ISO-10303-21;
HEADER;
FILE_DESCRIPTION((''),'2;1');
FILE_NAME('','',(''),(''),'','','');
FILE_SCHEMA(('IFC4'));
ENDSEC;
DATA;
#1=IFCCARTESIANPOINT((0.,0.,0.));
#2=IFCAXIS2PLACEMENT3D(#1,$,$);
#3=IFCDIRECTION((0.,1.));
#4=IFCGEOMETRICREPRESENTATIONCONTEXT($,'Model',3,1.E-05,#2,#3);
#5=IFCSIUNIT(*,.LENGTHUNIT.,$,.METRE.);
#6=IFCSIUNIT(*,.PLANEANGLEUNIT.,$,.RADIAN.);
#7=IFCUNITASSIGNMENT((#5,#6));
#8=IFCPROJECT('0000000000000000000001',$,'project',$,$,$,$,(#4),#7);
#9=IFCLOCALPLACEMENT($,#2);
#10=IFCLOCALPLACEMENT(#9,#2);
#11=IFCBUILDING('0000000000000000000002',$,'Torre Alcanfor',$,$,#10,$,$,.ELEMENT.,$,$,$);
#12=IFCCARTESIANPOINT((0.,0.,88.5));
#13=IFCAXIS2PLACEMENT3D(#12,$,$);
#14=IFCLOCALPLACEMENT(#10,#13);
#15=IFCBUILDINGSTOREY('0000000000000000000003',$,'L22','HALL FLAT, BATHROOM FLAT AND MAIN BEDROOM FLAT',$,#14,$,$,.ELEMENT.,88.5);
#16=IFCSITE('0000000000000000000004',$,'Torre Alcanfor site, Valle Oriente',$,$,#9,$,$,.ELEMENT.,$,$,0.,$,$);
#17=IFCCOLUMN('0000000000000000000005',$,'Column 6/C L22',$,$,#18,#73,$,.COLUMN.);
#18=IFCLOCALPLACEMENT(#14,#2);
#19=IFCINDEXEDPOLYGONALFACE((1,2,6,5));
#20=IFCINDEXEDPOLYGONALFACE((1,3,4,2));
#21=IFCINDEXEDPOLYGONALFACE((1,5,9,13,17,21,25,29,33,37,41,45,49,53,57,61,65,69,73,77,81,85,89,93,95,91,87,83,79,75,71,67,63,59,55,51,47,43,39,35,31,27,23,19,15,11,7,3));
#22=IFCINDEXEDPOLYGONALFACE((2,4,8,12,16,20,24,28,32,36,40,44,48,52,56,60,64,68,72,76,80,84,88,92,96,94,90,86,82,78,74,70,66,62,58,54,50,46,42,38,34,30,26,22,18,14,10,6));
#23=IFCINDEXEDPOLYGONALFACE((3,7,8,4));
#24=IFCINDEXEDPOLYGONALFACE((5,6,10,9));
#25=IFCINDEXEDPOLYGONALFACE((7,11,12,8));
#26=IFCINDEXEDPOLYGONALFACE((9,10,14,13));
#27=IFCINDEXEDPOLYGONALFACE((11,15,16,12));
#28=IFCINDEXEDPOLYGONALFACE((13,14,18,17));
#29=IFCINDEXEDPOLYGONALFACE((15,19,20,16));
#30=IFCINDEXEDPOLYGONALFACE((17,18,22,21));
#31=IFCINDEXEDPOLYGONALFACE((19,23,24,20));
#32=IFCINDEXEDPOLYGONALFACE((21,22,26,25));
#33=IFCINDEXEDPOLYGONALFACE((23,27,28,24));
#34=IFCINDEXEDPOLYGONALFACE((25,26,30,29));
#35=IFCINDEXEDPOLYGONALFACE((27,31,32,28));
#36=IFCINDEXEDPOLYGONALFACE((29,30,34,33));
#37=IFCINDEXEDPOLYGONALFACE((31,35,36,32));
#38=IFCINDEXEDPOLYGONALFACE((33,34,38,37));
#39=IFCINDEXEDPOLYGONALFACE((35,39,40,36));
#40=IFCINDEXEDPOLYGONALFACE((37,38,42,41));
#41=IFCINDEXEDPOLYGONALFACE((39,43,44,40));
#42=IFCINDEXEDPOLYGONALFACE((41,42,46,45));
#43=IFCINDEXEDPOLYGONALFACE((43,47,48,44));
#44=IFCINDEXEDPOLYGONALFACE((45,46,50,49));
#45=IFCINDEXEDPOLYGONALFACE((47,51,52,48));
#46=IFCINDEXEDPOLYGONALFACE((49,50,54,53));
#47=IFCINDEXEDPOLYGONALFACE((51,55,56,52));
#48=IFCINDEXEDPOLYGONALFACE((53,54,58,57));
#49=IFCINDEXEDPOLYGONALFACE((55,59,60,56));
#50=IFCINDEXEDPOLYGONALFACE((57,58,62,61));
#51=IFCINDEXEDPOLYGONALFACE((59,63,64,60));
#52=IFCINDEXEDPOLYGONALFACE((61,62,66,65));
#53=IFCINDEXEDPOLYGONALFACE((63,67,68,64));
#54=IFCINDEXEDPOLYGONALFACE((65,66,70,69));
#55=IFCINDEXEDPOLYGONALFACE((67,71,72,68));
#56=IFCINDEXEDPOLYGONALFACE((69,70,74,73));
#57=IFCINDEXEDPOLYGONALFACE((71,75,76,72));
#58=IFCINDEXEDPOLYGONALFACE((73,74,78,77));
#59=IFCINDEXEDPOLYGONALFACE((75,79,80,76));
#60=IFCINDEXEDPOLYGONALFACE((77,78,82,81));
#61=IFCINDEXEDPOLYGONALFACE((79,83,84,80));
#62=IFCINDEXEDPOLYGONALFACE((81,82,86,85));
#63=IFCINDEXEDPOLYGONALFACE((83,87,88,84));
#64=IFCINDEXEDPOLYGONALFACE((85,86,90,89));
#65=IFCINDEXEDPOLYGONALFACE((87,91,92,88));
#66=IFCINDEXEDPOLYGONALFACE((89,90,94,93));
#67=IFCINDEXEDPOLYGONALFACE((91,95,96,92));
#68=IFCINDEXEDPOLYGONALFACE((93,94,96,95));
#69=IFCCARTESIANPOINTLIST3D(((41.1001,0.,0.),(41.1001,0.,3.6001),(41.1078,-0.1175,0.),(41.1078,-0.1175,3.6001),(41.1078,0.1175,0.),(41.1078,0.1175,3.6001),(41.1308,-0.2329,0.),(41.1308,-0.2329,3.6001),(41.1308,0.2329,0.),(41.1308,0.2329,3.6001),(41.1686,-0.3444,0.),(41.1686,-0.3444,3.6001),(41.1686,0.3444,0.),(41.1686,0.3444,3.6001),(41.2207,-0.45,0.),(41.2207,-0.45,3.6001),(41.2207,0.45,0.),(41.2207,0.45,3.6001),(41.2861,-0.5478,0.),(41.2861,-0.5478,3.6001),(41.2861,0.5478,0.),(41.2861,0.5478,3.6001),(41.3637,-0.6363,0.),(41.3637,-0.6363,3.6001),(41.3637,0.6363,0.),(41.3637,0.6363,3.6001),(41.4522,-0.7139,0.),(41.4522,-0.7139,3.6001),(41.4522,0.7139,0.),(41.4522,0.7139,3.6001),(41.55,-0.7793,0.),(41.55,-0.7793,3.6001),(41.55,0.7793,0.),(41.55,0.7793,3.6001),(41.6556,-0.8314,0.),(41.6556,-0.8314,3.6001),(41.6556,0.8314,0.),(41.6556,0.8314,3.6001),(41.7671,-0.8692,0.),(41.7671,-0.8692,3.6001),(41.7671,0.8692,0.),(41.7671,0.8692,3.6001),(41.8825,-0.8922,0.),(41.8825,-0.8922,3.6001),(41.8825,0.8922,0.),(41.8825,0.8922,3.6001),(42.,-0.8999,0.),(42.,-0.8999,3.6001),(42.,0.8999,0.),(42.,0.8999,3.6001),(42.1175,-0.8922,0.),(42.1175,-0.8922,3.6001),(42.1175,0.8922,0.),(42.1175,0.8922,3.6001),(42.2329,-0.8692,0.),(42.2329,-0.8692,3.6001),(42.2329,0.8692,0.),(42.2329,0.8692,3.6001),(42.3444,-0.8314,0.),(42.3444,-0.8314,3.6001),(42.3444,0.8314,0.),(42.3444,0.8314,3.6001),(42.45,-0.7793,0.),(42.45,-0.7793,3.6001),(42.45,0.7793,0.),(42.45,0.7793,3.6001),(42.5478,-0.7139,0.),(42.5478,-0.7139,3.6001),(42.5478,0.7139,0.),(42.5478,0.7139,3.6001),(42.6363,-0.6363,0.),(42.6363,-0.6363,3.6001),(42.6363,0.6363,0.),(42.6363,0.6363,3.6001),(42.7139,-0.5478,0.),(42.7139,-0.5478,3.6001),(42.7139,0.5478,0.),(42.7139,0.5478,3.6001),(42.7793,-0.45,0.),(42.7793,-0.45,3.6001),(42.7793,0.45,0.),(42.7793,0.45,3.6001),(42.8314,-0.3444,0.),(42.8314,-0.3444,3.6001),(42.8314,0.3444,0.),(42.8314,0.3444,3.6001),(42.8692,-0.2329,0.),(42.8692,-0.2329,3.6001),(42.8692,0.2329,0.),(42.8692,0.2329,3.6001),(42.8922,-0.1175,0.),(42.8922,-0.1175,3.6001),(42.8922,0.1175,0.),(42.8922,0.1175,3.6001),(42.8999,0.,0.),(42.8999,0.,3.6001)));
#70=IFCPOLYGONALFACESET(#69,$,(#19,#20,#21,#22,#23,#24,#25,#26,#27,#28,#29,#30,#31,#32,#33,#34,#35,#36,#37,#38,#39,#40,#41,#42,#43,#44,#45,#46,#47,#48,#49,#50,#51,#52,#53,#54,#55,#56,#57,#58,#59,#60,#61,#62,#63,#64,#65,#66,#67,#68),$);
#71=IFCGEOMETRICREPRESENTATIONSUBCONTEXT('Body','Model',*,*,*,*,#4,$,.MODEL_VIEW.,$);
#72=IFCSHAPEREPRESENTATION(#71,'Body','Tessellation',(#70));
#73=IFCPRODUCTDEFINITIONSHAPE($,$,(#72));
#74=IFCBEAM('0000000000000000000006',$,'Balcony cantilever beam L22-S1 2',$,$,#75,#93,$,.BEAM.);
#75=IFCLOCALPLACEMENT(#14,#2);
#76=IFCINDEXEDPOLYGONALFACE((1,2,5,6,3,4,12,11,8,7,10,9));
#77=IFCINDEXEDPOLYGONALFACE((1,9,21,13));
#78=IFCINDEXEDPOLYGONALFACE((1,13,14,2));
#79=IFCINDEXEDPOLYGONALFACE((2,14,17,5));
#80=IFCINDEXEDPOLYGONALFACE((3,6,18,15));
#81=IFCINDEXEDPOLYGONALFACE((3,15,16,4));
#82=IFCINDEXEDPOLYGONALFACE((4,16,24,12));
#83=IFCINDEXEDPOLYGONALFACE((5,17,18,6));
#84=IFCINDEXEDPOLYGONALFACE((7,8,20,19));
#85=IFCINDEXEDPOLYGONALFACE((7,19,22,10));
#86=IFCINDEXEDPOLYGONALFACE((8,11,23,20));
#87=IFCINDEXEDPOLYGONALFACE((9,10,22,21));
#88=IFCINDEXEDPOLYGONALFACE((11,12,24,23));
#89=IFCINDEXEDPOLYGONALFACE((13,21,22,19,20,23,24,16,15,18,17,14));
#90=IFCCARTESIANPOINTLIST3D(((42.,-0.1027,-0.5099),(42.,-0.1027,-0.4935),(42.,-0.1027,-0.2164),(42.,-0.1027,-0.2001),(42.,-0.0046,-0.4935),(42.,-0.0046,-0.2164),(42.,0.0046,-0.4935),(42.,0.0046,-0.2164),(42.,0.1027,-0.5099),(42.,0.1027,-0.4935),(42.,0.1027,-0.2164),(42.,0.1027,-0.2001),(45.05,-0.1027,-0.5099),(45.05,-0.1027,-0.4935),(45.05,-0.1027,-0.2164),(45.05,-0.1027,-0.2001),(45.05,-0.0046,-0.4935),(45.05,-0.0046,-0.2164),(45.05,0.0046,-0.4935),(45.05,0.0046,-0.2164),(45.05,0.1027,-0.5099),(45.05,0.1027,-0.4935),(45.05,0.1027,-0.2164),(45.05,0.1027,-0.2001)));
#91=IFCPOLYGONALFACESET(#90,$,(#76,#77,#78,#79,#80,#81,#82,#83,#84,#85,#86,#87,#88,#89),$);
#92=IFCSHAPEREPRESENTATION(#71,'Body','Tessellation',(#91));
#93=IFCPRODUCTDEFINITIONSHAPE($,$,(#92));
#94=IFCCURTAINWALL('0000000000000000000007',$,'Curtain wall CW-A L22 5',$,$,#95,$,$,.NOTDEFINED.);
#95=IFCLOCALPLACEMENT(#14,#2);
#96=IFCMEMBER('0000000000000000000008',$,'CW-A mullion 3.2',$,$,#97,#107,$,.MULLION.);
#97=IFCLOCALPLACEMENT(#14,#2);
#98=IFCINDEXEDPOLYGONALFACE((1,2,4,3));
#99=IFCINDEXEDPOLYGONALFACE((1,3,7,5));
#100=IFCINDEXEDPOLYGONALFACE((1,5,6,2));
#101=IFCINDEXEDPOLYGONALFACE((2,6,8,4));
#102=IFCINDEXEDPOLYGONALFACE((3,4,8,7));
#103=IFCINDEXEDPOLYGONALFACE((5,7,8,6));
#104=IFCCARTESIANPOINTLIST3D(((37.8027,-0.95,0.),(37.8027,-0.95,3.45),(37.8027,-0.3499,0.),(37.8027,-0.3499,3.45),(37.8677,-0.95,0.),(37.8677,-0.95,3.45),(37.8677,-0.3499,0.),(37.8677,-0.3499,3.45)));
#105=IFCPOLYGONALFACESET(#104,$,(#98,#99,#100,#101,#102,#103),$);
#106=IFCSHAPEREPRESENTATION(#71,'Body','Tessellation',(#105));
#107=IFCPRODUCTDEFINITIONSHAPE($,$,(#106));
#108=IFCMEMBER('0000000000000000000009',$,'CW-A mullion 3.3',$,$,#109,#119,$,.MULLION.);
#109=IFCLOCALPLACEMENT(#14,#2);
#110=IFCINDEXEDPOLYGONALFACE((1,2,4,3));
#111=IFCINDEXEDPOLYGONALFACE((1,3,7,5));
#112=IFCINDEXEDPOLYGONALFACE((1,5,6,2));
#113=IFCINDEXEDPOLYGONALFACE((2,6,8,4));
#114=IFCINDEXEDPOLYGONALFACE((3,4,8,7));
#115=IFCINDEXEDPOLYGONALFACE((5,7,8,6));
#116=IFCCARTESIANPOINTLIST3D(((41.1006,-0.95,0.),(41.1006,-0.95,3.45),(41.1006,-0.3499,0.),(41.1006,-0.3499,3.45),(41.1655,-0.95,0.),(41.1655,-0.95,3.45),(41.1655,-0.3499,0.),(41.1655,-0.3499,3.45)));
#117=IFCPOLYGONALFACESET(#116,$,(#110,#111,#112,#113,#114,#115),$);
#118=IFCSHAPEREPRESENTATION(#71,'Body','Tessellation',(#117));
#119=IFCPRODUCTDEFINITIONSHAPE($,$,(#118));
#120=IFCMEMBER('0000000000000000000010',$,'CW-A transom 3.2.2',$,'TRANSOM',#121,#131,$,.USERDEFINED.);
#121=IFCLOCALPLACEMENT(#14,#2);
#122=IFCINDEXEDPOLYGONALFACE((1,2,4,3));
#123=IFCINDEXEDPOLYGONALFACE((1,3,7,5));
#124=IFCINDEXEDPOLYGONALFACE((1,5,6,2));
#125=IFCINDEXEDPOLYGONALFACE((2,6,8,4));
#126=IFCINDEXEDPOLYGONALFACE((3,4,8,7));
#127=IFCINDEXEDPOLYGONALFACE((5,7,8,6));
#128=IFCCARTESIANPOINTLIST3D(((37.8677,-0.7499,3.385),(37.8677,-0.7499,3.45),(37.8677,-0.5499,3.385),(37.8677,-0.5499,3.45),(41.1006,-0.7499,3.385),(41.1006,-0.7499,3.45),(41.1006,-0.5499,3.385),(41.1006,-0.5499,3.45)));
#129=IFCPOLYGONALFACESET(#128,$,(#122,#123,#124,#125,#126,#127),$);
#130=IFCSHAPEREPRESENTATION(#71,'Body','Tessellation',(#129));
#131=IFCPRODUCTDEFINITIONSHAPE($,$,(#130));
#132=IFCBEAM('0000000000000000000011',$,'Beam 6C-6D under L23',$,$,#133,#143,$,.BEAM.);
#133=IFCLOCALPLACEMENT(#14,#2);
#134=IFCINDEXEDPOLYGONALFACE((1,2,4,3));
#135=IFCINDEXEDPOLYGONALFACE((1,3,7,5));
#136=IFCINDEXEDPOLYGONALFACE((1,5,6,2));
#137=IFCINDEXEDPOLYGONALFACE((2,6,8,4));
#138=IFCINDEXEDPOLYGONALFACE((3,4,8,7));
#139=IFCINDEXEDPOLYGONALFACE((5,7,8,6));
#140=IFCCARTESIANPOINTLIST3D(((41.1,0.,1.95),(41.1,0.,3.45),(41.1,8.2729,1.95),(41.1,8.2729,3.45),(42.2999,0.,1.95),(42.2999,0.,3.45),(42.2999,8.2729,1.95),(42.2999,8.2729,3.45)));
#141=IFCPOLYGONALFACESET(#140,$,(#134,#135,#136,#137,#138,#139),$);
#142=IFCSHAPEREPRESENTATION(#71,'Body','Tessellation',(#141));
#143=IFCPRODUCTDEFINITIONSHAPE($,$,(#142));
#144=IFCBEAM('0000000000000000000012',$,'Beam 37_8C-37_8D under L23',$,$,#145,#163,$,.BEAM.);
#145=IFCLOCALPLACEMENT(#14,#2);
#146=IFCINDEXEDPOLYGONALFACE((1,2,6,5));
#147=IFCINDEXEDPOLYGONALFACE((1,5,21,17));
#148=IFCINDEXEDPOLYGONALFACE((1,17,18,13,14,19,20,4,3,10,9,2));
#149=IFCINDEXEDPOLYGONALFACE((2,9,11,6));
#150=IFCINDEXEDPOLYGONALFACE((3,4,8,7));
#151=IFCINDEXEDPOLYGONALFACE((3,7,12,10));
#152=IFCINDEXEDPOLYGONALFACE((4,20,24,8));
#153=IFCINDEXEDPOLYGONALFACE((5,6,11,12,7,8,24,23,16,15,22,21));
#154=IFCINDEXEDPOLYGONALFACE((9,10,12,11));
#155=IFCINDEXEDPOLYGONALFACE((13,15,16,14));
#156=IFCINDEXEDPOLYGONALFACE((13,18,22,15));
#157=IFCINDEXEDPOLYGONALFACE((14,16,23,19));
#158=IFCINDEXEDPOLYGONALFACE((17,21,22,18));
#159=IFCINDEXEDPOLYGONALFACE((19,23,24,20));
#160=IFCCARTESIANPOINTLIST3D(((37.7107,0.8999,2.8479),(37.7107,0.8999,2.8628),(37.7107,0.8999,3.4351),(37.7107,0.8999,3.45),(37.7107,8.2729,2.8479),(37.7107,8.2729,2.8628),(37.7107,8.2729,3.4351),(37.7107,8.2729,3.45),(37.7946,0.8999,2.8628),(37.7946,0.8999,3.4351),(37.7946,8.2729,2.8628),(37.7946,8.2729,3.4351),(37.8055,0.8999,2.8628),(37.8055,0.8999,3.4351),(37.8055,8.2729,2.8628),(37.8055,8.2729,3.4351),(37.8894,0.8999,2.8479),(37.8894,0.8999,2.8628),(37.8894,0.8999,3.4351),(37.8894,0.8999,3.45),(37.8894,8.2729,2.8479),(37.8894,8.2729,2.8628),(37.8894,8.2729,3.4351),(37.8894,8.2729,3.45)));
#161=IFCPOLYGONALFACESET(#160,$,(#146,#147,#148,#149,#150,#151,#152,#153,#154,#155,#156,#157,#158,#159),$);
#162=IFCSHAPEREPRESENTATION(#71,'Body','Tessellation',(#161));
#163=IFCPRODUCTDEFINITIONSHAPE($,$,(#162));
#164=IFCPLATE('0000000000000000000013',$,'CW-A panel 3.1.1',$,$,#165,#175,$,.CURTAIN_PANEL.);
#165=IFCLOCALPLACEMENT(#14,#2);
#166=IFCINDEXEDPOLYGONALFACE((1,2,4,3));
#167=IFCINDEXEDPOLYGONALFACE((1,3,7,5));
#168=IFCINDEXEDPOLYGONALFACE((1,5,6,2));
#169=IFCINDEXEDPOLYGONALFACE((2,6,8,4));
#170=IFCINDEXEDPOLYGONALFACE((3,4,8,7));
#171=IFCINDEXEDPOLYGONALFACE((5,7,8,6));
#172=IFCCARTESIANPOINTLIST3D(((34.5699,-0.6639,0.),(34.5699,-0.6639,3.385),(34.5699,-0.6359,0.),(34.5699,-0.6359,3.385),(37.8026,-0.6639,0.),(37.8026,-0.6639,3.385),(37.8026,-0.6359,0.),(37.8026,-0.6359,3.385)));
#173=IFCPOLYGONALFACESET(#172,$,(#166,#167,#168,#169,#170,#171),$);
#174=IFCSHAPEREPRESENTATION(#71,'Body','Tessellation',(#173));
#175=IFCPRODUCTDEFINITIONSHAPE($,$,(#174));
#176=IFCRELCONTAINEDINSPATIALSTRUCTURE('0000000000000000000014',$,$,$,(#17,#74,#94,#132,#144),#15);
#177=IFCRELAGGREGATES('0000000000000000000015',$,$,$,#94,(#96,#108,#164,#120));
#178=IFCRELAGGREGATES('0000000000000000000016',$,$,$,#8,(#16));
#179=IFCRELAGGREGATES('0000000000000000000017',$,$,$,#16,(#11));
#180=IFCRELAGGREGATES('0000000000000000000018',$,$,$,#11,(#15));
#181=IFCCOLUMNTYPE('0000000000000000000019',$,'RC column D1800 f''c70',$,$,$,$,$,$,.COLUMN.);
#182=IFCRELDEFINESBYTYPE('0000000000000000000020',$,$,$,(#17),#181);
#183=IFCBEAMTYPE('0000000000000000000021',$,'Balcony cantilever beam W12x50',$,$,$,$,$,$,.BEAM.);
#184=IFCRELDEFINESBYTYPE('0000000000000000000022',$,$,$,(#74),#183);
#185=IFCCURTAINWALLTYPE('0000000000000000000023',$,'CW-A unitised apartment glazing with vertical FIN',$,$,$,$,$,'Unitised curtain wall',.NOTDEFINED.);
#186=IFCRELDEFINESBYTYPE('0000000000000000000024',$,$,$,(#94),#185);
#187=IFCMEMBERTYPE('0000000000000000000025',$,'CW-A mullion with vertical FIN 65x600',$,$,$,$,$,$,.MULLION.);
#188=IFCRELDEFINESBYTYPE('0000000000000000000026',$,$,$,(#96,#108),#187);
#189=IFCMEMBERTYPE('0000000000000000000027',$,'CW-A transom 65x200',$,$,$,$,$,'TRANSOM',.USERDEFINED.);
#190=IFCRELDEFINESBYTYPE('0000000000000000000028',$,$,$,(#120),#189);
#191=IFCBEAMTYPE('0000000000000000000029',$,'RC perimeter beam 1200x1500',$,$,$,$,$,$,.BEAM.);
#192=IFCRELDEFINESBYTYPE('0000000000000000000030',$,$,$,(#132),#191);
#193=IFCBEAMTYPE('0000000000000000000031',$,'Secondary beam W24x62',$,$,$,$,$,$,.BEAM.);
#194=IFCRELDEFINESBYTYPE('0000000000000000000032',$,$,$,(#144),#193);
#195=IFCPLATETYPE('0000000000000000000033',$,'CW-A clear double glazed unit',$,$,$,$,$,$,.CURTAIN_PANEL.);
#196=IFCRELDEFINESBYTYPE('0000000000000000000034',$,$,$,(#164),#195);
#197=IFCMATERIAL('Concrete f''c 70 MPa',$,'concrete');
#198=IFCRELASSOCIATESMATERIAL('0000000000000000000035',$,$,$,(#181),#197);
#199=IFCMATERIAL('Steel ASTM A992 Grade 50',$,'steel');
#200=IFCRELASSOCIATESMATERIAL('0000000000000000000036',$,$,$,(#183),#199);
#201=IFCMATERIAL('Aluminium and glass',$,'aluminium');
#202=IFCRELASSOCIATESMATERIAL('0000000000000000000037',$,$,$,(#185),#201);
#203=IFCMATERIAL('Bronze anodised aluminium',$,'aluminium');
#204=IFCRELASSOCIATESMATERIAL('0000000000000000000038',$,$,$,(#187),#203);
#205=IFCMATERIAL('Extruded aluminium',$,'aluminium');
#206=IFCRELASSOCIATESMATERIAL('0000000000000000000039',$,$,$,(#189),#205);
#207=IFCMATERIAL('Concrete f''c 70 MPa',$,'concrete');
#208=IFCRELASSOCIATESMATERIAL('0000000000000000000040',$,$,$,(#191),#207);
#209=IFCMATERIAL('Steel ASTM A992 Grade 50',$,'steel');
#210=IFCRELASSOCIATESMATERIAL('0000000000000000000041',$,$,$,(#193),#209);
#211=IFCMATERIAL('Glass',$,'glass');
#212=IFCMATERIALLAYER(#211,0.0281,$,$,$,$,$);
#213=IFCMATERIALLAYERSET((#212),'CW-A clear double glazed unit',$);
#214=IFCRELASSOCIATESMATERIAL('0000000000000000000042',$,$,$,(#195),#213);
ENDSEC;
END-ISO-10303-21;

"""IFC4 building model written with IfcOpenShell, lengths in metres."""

from ifc_helpers import new_model, si_unit, direction, frame, origin, origin_2d, place, context, subcontext, project, spatial, rectangle, circle, i_section, extrude, material, layer, layer_set, material_profile, profile_set, type_object, element, aggregate, save


model = new_model("IFC4")

# Units and contexts
model_context = context("Model", 3, precision=1e-05, world=origin(), true_north=direction((0.0, 1.0)))
body_context = subcontext(model_context, "Body", "Model", "MODEL_VIEW")
ifc_project = project(units=[si_unit("LENGTHUNIT", "METRE"), si_unit("PLANEANGLEUNIT", "RADIAN")], contexts=[model_context])

# Site, building, storey
site_placement = place(None, origin())
site = spatial("IfcSite", under=ifc_project, at=site_placement, Name="Torre Alcanfor site, Valle Oriente", CompositionType="ELEMENT", RefElevation=0.0)
building_placement = place(site_placement, origin())
building = spatial("IfcBuilding", under=site, at=building_placement, Name="Torre Alcanfor", CompositionType="ELEMENT")
storey_placement = place(building_placement, frame((0.0, 0.0, 88.5)))
storey = spatial("IfcBuildingStorey", under=building, at=storey_placement, Name="L22", Description="HALL FLAT, BATHROOM FLAT AND MAIN BEDROOM FLAT", CompositionType="ELEMENT", Elevation=88.5)

# Column
ifc_material_1 = material(Name="Concrete f'c 70 MPa", Category="concrete")
ifc_material_profile_1 = material_profile(ifc_material_1, circle(Radius=0.8999, at=origin_2d()), Name="D1800")
ifc_profile_set_1 = profile_set([ifc_material_profile_1], Name="Concrete f'c 70 MPa")
column_type = type_object("IfcColumnType", Name="RC column D1800 f'c70", PredefinedType="COLUMN", material=ifc_profile_set_1)
column_placement = place(storey_placement, frame((42.0, 0.0, 0.0), z_axis=(0.0, 0.0, 1.0), x_axis=(1.0, 0.0, 0.0)))
element("IfcColumn", 1, at=column_placement, inside=storey, type_object=column_type, Name="Column 6/C L22", PredefinedType="COLUMN", context=body_context, shape_type="SweptSolid", body=[
    extrude(circle(Radius=0.8999, at=origin_2d()), origin(), (0.0, 0.0, 1.0), 3.6001),
])

# Beam
ifc_material_2 = material(Name="Steel ASTM A992 Grade 50", Category="steel")
ifc_material_profile_2 = material_profile(ifc_material_2, i_section(OverallWidth=0.2053, OverallDepth=0.3098, WebThickness=0.0093, FlangeThickness=0.0164, at=origin_2d()), Name="W12x50")
ifc_profile_set_2 = profile_set([ifc_material_profile_2], Name="Steel ASTM A992 Grade 50")
beam_type_1 = type_object("IfcBeamType", Name="Balcony cantilever beam W12x50", PredefinedType="BEAM", material=ifc_profile_set_2)
beam_1_placement = place(storey_placement, frame((42.0, 0.0, -0.355), z_axis=(1.0, 0.0, 0.0), x_axis=(0.0, 1.0, 0.0)))
element("IfcBeam", 2, at=beam_1_placement, inside=storey, type_object=beam_type_1, Name="Balcony cantilever beam L22-S1 2", PredefinedType="BEAM", context=body_context, shape_type="SweptSolid", body=[
    extrude(i_section(OverallWidth=0.2053, OverallDepth=0.3098, WebThickness=0.0093, FlangeThickness=0.0164, at=origin_2d()), origin(), (0.0, 0.0, 1.0), 3.05),
])

# Curtain wall, members
ifc_material_3 = material(Name="Aluminium and glass", Category="aluminium")
curtain_wall_type = type_object("IfcCurtainWallType", Name="CW-A unitised apartment glazing with vertical FIN", ElementType="Unitised curtain wall", PredefinedType="NOTDEFINED", material=ifc_material_3)
curtain_wall_placement = place(storey_placement, origin())
curtain_wall = element("IfcCurtainWall", 3, at=curtain_wall_placement, inside=storey, type_object=curtain_wall_type, Name="Curtain wall CW-A L22 5", PredefinedType="NOTDEFINED")
ifc_material_4 = material(Name="Bronze anodised aluminium", Category="aluminium")
ifc_material_profile_3 = material_profile(ifc_material_4, rectangle(XDim=0.6001, YDim=0.0649, at=origin_2d()), Name="CW-A mullion 65x600")
ifc_profile_set_3 = profile_set([ifc_material_profile_3], Name="Bronze anodised aluminium")
member_type_1 = type_object("IfcMemberType", Name="CW-A mullion with vertical FIN 65x600", PredefinedType="MULLION", material=ifc_profile_set_3)
member_1_placement = place(storey_placement, frame((37.8352, -0.6499, 0.0), z_axis=(0.0, 0.0, 1.0), x_axis=(0.0, 1.0, 0.0)))
member_1 = element("IfcMember", 4, at=member_1_placement, type_object=member_type_1, Name="CW-A mullion 3.2", PredefinedType="MULLION", context=body_context, shape_type="SweptSolid", body=[
    extrude(rectangle(XDim=0.6001, YDim=0.0649, at=origin_2d()), origin(), (0.0, 0.0, 1.0), 3.45),
])
member_2_placement = place(storey_placement, frame((41.1331, -0.6499, 0.0), z_axis=(0.0, 0.0, 1.0), x_axis=(0.0, 1.0, 0.0)))
member_2 = element("IfcMember", 5, at=member_2_placement, type_object=member_type_1, Name="CW-A mullion 3.3", PredefinedType="MULLION", context=body_context, shape_type="SweptSolid", body=[
    extrude(rectangle(XDim=0.6001, YDim=0.0649, at=origin_2d()), origin(), (0.0, 0.0, 1.0), 3.45),
])
ifc_material_5 = material(Name="Extruded aluminium", Category="aluminium")
ifc_material_profile_4 = material_profile(ifc_material_5, rectangle(XDim=0.2, YDim=0.0649, at=origin_2d()), Name="CW-A transom 200x65")
ifc_profile_set_4 = profile_set([ifc_material_profile_4], Name="Extruded aluminium")
member_type_2 = type_object("IfcMemberType", Name="CW-A transom 65x200", ElementType="TRANSOM", PredefinedType="USERDEFINED", material=ifc_profile_set_4)
member_3_placement = place(storey_placement, frame((37.8677, -0.6499, 3.4175), z_axis=(1.0, 0.0, 0.0), x_axis=(0.0, 1.0, 0.0)))
member_3 = element("IfcMember", 6, at=member_3_placement, type_object=member_type_2, Name="CW-A transom 3.2.2", ObjectType="TRANSOM", PredefinedType="USERDEFINED", context=body_context, shape_type="SweptSolid", body=[
    extrude(rectangle(XDim=0.2, YDim=0.0649, at=origin_2d()), origin(), (0.0, 0.0, 1.0), 3.2329),
])

# Beams
ifc_material_6 = material(Name="Concrete f'c 70 MPa", Category="concrete")
ifc_material_profile_5 = material_profile(ifc_material_6, rectangle(XDim=1.2, YDim=1.5, at=origin_2d()), Name="1200x1500")
ifc_profile_set_5 = profile_set([ifc_material_profile_5], Name="Concrete f'c 70 MPa")
beam_type_2 = type_object("IfcBeamType", Name="RC perimeter beam 1200x1500", PredefinedType="BEAM", material=ifc_profile_set_5)
beam_2_placement = place(storey_placement, frame((41.7, 0.0, 2.7), z_axis=(0.0, 1.0, 0.0), x_axis=(-1.0, 0.0, 0.0)))
element("IfcBeam", 7, at=beam_2_placement, inside=storey, type_object=beam_type_2, Name="Beam 6C-6D under L23", PredefinedType="BEAM", context=body_context, shape_type="SweptSolid", body=[
    extrude(rectangle(XDim=1.2, YDim=1.5, at=origin_2d()), origin(), (0.0, 0.0, 1.0), 8.2729),
])
ifc_material_7 = material(Name="Steel ASTM A992 Grade 50", Category="steel")
ifc_material_profile_6 = material_profile(ifc_material_7, i_section(OverallWidth=0.1787, OverallDepth=0.6021, WebThickness=0.011, FlangeThickness=0.0149, at=origin_2d()), Name="W24x62")
ifc_profile_set_6 = profile_set([ifc_material_profile_6], Name="Steel ASTM A992 Grade 50")
beam_type_3 = type_object("IfcBeamType", Name="Secondary beam W24x62", PredefinedType="BEAM", material=ifc_profile_set_6)
beam_3_placement = place(storey_placement, frame((37.8, 0.8999, 3.1489), z_axis=(0.0, 1.0, 0.0), x_axis=(-1.0, 0.0, 0.0)))
element("IfcBeam", 8, at=beam_3_placement, inside=storey, type_object=beam_type_3, Name="Beam 37_8C-37_8D under L23", PredefinedType="BEAM", context=body_context, shape_type="SweptSolid", body=[
    extrude(i_section(OverallWidth=0.1787, OverallDepth=0.6021, WebThickness=0.011, FlangeThickness=0.0149, at=origin_2d()), origin(), (0.0, 0.0, 1.0), 7.373),
])

# Plate
ifc_material_8 = material(Name="Glass", Category="glass")
ifc_layer_1 = layer(ifc_material_8, 0.0281)
ifc_layer_set_1 = layer_set([ifc_layer_1], Name="CW-A clear double glazed unit")
plate_type = type_object("IfcPlateType", Name="CW-A clear double glazed unit", PredefinedType="CURTAIN_PANEL", material=ifc_layer_set_1)
plate_1_placement = place(storey_placement, frame((36.1863, -0.6499, 0.0), z_axis=(0.0, 0.0, 1.0), x_axis=(1.0, 0.0, 0.0)))
plate_1 = element("IfcPlate", 9, at=plate_1_placement, type_object=plate_type, Name="CW-A panel 3.1.1", PredefinedType="CURTAIN_PANEL", context=body_context, shape_type="SweptSolid", body=[
    extrude(rectangle(XDim=3.2327, YDim=0.0281, at=origin_2d()), origin(), (0.0, 0.0, 1.0), 3.385),
])
aggregate(curtain_wall, [member_1, member_2, plate_1, member_3])

save(model, "model.ifc")
